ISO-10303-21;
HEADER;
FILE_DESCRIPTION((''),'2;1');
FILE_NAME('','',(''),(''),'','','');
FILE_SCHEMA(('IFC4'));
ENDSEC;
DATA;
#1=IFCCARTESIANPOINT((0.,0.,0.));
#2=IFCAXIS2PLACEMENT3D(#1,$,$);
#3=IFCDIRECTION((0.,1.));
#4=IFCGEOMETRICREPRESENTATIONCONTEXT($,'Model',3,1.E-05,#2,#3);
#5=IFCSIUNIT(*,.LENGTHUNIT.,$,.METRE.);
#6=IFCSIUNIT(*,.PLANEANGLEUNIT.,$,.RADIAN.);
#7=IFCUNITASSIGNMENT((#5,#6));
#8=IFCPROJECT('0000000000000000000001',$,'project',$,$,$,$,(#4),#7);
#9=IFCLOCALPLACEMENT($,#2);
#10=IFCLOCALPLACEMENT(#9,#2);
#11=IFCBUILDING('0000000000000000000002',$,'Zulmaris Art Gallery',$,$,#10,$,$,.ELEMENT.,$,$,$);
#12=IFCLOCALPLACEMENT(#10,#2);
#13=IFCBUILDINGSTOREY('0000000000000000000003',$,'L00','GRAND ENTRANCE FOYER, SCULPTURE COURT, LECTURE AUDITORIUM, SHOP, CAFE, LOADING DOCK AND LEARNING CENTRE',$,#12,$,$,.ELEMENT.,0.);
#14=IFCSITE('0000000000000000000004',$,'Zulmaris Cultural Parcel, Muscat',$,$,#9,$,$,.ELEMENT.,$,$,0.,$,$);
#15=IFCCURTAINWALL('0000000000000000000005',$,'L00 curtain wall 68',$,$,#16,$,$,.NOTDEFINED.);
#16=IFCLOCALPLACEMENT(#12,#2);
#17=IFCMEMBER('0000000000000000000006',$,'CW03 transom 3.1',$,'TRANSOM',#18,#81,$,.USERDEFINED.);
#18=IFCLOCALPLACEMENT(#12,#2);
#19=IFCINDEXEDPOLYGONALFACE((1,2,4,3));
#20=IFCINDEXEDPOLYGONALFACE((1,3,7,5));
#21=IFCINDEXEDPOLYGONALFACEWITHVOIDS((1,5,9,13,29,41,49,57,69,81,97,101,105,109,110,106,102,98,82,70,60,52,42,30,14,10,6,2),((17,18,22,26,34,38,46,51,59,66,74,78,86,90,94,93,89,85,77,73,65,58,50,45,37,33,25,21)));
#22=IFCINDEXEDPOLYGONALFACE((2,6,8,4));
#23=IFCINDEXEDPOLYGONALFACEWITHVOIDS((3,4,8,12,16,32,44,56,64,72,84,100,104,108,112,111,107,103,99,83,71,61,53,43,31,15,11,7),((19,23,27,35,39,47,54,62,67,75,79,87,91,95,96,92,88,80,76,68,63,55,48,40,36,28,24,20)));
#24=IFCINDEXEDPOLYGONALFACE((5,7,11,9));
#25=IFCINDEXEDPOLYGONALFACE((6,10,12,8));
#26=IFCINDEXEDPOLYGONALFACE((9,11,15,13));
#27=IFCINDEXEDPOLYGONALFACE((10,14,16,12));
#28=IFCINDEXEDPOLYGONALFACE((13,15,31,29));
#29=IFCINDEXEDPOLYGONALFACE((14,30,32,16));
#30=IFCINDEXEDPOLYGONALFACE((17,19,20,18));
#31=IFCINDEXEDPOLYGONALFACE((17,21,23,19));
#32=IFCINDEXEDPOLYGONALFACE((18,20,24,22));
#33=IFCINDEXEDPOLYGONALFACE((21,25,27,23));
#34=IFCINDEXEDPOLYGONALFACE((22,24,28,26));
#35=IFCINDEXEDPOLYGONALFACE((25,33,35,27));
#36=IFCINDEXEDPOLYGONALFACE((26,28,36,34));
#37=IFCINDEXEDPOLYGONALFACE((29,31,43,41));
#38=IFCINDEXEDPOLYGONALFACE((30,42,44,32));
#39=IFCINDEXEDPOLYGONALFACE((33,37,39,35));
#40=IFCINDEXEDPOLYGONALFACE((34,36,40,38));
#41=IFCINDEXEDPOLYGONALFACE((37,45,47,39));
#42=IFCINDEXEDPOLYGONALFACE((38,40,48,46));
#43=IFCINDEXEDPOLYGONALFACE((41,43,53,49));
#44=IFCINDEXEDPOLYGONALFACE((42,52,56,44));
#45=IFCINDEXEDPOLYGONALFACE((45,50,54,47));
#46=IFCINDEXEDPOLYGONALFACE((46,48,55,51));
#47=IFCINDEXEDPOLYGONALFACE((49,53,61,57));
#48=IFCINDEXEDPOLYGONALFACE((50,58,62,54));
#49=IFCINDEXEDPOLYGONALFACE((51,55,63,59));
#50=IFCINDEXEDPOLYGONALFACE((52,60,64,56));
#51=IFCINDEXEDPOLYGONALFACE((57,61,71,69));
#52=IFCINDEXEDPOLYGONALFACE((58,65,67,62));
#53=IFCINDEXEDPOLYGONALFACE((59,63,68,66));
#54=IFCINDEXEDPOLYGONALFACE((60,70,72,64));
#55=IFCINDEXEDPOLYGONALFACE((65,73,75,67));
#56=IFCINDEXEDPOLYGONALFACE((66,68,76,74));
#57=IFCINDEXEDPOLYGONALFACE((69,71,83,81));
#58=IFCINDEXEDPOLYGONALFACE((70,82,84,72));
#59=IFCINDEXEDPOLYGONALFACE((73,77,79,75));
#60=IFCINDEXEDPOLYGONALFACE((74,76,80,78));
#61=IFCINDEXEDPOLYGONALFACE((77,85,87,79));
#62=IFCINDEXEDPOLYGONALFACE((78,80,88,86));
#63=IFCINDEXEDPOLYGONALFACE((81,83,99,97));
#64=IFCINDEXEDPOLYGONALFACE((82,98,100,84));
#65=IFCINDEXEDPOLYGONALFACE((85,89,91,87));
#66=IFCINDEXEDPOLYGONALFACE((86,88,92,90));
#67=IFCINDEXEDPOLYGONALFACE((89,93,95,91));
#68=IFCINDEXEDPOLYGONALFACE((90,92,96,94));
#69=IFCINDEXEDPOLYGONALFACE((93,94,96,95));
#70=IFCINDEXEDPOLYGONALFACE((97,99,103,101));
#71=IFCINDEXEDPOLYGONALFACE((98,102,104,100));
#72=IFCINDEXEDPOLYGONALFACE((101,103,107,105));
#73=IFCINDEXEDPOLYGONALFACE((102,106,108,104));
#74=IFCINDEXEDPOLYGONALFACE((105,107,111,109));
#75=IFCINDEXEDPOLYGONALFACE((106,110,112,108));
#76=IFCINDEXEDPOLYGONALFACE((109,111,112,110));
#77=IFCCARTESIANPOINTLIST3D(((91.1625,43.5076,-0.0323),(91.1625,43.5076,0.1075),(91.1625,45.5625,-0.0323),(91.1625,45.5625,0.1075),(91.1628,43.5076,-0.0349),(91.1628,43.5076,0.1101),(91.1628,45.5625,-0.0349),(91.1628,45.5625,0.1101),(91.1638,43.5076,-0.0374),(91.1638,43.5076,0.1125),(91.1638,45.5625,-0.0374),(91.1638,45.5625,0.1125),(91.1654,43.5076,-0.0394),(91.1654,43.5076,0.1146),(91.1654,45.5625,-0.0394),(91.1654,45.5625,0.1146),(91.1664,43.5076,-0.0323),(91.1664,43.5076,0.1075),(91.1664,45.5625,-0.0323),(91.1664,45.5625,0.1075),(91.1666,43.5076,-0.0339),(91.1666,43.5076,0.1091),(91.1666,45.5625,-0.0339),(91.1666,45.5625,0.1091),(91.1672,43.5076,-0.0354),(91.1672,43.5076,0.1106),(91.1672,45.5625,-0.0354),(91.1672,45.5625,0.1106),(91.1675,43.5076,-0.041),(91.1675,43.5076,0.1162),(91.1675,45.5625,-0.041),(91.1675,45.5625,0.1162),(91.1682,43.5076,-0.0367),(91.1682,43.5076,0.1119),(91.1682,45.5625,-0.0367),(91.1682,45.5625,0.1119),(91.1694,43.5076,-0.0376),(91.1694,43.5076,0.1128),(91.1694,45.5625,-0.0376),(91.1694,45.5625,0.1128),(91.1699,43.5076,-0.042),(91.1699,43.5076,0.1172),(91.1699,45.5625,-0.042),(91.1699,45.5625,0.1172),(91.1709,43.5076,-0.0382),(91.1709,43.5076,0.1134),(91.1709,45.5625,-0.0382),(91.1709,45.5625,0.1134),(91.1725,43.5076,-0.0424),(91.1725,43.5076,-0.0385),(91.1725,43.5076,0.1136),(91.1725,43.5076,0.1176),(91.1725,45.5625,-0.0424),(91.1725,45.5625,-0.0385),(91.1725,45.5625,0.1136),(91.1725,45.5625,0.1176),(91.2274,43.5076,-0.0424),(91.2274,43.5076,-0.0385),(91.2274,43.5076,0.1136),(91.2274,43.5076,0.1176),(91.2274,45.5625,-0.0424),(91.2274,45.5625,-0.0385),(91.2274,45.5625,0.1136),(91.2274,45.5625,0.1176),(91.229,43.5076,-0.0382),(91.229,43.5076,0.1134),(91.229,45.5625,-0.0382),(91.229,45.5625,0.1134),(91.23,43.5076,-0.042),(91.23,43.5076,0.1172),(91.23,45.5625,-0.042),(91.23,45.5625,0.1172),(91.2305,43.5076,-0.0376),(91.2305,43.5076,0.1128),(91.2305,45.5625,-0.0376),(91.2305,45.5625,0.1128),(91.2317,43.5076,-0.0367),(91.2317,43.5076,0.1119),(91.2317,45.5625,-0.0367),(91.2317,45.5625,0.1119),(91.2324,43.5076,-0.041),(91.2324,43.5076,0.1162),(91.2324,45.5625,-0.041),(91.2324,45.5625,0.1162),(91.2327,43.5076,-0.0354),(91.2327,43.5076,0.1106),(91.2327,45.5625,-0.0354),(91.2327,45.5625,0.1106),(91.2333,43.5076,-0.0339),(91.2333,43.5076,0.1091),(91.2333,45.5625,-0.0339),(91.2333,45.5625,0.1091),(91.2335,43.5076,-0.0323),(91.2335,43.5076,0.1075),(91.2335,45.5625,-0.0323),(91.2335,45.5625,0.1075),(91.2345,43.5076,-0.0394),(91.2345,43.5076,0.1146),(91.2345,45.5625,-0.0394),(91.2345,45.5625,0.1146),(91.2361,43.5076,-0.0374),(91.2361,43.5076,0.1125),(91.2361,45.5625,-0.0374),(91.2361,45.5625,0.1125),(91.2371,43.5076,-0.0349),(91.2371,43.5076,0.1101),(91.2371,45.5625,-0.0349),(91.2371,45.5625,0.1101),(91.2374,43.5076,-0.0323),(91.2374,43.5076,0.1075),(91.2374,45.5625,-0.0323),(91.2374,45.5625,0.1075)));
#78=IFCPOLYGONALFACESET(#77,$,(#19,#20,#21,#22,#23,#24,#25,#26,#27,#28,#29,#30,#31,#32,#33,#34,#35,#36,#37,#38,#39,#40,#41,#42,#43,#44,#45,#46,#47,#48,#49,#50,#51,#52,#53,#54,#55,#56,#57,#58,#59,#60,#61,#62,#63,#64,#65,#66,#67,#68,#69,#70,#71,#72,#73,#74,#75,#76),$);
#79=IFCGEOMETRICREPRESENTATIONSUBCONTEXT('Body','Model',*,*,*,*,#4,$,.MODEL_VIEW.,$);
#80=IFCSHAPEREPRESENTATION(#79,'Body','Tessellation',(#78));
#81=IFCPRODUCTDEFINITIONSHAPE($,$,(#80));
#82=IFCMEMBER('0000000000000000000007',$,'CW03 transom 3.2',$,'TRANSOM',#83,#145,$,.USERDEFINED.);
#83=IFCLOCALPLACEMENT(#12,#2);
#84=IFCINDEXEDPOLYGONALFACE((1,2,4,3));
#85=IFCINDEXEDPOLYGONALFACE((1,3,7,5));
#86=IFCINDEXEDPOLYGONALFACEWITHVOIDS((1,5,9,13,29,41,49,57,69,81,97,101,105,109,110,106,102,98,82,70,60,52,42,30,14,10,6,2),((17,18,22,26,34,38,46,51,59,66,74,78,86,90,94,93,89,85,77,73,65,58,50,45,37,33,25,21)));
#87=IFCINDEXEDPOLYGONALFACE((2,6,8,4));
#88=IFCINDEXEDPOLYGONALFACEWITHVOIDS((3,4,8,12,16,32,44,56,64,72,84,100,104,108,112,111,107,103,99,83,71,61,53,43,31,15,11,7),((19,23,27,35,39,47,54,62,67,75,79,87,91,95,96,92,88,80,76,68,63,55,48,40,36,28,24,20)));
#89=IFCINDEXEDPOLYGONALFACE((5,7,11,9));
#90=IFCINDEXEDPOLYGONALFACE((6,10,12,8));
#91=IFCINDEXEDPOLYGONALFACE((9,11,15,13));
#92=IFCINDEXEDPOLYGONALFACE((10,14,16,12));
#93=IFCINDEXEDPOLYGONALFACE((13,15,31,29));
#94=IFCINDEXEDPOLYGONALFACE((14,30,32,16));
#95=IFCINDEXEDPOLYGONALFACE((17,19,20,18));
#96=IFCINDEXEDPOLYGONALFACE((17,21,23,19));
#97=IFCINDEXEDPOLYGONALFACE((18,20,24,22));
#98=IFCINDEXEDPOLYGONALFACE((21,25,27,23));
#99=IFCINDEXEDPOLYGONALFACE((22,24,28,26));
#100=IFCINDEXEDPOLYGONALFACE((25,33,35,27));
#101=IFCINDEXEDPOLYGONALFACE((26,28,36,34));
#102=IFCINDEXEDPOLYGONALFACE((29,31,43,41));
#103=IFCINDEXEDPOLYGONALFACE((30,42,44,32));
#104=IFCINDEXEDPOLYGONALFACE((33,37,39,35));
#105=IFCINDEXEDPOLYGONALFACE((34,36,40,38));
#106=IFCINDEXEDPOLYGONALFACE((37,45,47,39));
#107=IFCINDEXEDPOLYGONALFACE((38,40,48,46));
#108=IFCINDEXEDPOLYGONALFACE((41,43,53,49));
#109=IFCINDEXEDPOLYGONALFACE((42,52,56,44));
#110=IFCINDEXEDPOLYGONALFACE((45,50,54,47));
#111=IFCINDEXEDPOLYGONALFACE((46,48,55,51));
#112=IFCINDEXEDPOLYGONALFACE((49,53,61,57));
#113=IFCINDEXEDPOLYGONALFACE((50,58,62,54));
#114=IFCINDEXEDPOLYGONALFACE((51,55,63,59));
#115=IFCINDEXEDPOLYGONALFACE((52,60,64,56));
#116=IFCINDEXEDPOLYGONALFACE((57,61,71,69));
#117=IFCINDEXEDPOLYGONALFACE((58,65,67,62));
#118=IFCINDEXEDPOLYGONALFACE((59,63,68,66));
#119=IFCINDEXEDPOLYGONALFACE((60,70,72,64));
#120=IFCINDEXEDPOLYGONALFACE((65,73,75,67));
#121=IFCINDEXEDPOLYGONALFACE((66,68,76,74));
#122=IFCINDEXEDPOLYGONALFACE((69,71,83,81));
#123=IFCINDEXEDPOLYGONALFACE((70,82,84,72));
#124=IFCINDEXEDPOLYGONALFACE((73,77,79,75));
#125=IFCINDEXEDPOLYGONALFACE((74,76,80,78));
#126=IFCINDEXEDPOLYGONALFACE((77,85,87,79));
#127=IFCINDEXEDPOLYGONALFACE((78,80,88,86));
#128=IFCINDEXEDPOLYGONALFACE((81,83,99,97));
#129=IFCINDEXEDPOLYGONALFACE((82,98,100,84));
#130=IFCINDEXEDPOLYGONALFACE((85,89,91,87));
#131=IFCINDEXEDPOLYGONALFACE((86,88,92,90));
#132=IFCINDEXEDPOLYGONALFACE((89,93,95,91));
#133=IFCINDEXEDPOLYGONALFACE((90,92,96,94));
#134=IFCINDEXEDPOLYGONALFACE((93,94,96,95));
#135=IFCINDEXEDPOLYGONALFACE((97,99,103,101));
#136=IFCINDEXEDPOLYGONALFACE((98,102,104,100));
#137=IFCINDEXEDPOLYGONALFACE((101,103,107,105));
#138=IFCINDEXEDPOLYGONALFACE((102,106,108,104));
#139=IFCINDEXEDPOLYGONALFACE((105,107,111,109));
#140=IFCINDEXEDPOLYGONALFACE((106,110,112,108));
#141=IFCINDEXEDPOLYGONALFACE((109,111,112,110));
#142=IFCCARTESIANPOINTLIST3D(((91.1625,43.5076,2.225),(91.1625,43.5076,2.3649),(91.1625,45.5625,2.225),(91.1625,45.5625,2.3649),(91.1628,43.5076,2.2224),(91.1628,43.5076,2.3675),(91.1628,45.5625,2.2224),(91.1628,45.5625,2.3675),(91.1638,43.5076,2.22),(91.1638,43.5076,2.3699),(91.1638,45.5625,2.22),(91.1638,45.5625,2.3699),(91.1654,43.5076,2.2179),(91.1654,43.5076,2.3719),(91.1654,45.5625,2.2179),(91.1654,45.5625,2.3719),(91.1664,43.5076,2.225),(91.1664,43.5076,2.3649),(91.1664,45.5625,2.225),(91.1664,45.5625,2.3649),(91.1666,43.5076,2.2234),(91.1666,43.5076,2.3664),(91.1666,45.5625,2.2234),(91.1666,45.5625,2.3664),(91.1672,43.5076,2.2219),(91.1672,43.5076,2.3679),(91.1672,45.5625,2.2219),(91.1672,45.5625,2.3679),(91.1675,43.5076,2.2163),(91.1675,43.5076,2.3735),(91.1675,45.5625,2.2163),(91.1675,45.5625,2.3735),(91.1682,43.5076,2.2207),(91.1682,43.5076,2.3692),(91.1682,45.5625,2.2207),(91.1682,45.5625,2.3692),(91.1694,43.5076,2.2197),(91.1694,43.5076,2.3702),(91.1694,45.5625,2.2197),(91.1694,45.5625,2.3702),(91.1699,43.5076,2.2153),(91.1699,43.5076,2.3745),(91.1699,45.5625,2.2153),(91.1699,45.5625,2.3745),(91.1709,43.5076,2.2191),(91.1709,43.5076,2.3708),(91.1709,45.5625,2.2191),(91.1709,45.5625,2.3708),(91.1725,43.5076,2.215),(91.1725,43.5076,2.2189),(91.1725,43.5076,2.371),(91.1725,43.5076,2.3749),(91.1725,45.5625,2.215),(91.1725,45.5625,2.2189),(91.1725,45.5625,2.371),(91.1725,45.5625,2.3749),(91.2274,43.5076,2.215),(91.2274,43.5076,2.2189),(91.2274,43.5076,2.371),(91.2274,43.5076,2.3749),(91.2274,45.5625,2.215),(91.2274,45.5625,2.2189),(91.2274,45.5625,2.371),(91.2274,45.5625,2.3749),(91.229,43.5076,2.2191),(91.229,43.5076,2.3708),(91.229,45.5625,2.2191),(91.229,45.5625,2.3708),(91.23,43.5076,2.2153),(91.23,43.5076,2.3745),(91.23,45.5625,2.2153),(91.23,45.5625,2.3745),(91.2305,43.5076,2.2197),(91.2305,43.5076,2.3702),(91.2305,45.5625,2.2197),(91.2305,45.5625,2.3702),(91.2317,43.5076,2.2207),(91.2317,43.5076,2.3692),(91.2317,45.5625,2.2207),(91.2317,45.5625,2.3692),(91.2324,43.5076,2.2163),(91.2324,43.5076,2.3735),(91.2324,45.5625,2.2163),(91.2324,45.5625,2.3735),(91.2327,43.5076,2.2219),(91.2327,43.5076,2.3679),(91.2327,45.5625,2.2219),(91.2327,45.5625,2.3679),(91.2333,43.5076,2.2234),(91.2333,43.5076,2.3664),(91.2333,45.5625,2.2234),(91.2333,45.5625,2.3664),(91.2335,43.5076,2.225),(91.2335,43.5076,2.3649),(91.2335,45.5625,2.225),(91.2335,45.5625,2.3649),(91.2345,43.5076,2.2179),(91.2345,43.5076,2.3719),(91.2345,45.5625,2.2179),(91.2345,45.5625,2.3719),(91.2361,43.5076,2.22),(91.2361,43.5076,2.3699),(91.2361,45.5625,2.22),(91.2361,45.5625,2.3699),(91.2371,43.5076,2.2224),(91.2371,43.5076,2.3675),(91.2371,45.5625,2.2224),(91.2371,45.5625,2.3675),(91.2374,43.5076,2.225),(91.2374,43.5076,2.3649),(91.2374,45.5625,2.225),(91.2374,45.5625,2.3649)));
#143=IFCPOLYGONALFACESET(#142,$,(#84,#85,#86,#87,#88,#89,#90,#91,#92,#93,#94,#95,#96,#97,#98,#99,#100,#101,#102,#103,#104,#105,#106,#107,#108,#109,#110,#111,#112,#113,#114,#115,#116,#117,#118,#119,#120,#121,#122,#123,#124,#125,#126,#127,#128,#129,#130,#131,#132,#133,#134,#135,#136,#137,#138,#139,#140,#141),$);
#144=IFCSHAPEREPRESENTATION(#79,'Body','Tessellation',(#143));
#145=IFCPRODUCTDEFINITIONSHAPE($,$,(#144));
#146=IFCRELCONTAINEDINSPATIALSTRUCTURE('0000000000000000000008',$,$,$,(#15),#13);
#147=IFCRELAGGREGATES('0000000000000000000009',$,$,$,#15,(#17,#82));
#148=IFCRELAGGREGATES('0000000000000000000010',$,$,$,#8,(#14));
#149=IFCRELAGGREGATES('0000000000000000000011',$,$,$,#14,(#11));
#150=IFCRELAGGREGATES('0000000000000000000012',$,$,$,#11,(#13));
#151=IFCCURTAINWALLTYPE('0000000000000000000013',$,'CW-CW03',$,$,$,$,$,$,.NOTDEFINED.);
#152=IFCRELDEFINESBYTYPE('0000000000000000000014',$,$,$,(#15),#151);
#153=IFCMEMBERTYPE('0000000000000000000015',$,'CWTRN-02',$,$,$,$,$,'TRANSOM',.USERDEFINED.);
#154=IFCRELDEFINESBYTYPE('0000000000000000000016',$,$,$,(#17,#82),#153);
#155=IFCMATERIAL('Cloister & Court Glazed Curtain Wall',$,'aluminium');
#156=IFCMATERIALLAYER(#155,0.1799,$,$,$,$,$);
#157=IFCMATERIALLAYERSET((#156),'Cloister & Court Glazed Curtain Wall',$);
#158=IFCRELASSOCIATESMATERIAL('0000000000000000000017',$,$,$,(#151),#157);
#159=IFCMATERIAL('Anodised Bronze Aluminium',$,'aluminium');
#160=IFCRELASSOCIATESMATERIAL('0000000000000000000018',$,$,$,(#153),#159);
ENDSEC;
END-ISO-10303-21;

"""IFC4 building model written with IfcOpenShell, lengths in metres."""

from ifc_helpers import new_model, si_unit, direction, frame, origin, origin_2d, place, context, subcontext, project, spatial, hollow_rectangle, extrude, material, layer, layer_set, material_profile, profile_set, type_object, element, aggregate, save


model = new_model("IFC4")

# Units and contexts
model_context = context("Model", 3, precision=1e-05, world=origin(), true_north=direction((0.0, 1.0)))
body_context = subcontext(model_context, "Body", "Model", "MODEL_VIEW")
ifc_project = project(units=[si_unit("LENGTHUNIT", "METRE"), si_unit("PLANEANGLEUNIT", "RADIAN")], contexts=[model_context])

# Site, building, storey
site_placement = place(None, origin())
site = spatial("IfcSite", under=ifc_project, at=site_placement, Name="Zulmaris Cultural Parcel, Muscat", CompositionType="ELEMENT", RefElevation=0.0)
building_placement = place(site_placement, origin())
building = spatial("IfcBuilding", under=site, at=building_placement, Name="Zulmaris Art Gallery", CompositionType="ELEMENT")
storey_placement = place(building_placement, origin())
storey = spatial("IfcBuildingStorey", under=building, at=storey_placement, Name="L00", Description="GRAND ENTRANCE FOYER, SCULPTURE COURT, LECTURE AUDITORIUM, SHOP, CAFE, LOADING DOCK AND LEARNING CENTRE", CompositionType="ELEMENT", Elevation=0.0)

# Shared definitions
ifc_material_1 = material(Name="Cloister & Court Glazed Curtain Wall", Category="aluminium")
ifc_layer_1 = layer(ifc_material_1, 0.1799)
ifc_layer_set_1 = layer_set([ifc_layer_1], Name="Cloister & Court Glazed Curtain Wall")
curtain_wall_type = type_object("IfcCurtainWallType", Name="CW-CW03", PredefinedType="NOTDEFINED", material=ifc_layer_set_1)
ifc_material_2 = material(Name="Anodised Bronze Aluminium", Category="aluminium")

# Curtain wall
curtain_wall_1_placement = place(storey_placement, origin())
curtain_wall_1 = element("IfcCurtainWall", 1, at=curtain_wall_1_placement, inside=storey, type_object=curtain_wall_type, Name="L00 curtain wall 68", PredefinedType="NOTDEFINED")

# Members
ifc_material_profile_1 = material_profile(ifc_material_2, hollow_rectangle(XDim=0.075, YDim=0.1599, WallThickness=0.0039, InnerFilletRadius=0.0061, OuterFilletRadius=0.01, at=origin_2d()), Name="ALU 75x160x4")
ifc_profile_set_1 = profile_set([ifc_material_profile_1], Name="Anodised Bronze Aluminium")
member_type_1 = type_object("IfcMemberType", Name="CWTRN-02", ElementType="TRANSOM", PredefinedType="USERDEFINED", material=ifc_profile_set_1)
member_1_placement = place(storey_placement, frame((91.2, 45.5625, 0.0376), z_axis=(0.0, -1.0, 0.0), x_axis=(1.0, 0.0, 0.0)))
member_1 = element("IfcMember", 2, at=member_1_placement, type_object=member_type_1, Name="CW03 transom 3.1", ObjectType="TRANSOM", PredefinedType="USERDEFINED", context=body_context, shape_type="SweptSolid", body=[
    extrude(hollow_rectangle(XDim=0.075, YDim=0.1599, WallThickness=0.0039, InnerFilletRadius=0.0061, OuterFilletRadius=0.01, at=origin_2d()), origin(), (0.0, 0.0, 1.0), 2.0549),
])
member_2_placement = place(storey_placement, frame((91.2, 45.5625, 2.2949), z_axis=(0.0, -1.0, 0.0), x_axis=(1.0, 0.0, 0.0)))
member_2 = element("IfcMember", 3, at=member_2_placement, type_object=member_type_1, Name="CW03 transom 3.2", ObjectType="TRANSOM", PredefinedType="USERDEFINED", context=body_context, shape_type="SweptSolid", body=[
    extrude(hollow_rectangle(XDim=0.075, YDim=0.1599, WallThickness=0.0039, InnerFilletRadius=0.0061, OuterFilletRadius=0.01, at=origin_2d()), origin(), (0.0, 0.0, 1.0), 2.0549),
])

aggregate(curtain_wall_1, [member_1, member_2])

save(model, "model.ifc")
